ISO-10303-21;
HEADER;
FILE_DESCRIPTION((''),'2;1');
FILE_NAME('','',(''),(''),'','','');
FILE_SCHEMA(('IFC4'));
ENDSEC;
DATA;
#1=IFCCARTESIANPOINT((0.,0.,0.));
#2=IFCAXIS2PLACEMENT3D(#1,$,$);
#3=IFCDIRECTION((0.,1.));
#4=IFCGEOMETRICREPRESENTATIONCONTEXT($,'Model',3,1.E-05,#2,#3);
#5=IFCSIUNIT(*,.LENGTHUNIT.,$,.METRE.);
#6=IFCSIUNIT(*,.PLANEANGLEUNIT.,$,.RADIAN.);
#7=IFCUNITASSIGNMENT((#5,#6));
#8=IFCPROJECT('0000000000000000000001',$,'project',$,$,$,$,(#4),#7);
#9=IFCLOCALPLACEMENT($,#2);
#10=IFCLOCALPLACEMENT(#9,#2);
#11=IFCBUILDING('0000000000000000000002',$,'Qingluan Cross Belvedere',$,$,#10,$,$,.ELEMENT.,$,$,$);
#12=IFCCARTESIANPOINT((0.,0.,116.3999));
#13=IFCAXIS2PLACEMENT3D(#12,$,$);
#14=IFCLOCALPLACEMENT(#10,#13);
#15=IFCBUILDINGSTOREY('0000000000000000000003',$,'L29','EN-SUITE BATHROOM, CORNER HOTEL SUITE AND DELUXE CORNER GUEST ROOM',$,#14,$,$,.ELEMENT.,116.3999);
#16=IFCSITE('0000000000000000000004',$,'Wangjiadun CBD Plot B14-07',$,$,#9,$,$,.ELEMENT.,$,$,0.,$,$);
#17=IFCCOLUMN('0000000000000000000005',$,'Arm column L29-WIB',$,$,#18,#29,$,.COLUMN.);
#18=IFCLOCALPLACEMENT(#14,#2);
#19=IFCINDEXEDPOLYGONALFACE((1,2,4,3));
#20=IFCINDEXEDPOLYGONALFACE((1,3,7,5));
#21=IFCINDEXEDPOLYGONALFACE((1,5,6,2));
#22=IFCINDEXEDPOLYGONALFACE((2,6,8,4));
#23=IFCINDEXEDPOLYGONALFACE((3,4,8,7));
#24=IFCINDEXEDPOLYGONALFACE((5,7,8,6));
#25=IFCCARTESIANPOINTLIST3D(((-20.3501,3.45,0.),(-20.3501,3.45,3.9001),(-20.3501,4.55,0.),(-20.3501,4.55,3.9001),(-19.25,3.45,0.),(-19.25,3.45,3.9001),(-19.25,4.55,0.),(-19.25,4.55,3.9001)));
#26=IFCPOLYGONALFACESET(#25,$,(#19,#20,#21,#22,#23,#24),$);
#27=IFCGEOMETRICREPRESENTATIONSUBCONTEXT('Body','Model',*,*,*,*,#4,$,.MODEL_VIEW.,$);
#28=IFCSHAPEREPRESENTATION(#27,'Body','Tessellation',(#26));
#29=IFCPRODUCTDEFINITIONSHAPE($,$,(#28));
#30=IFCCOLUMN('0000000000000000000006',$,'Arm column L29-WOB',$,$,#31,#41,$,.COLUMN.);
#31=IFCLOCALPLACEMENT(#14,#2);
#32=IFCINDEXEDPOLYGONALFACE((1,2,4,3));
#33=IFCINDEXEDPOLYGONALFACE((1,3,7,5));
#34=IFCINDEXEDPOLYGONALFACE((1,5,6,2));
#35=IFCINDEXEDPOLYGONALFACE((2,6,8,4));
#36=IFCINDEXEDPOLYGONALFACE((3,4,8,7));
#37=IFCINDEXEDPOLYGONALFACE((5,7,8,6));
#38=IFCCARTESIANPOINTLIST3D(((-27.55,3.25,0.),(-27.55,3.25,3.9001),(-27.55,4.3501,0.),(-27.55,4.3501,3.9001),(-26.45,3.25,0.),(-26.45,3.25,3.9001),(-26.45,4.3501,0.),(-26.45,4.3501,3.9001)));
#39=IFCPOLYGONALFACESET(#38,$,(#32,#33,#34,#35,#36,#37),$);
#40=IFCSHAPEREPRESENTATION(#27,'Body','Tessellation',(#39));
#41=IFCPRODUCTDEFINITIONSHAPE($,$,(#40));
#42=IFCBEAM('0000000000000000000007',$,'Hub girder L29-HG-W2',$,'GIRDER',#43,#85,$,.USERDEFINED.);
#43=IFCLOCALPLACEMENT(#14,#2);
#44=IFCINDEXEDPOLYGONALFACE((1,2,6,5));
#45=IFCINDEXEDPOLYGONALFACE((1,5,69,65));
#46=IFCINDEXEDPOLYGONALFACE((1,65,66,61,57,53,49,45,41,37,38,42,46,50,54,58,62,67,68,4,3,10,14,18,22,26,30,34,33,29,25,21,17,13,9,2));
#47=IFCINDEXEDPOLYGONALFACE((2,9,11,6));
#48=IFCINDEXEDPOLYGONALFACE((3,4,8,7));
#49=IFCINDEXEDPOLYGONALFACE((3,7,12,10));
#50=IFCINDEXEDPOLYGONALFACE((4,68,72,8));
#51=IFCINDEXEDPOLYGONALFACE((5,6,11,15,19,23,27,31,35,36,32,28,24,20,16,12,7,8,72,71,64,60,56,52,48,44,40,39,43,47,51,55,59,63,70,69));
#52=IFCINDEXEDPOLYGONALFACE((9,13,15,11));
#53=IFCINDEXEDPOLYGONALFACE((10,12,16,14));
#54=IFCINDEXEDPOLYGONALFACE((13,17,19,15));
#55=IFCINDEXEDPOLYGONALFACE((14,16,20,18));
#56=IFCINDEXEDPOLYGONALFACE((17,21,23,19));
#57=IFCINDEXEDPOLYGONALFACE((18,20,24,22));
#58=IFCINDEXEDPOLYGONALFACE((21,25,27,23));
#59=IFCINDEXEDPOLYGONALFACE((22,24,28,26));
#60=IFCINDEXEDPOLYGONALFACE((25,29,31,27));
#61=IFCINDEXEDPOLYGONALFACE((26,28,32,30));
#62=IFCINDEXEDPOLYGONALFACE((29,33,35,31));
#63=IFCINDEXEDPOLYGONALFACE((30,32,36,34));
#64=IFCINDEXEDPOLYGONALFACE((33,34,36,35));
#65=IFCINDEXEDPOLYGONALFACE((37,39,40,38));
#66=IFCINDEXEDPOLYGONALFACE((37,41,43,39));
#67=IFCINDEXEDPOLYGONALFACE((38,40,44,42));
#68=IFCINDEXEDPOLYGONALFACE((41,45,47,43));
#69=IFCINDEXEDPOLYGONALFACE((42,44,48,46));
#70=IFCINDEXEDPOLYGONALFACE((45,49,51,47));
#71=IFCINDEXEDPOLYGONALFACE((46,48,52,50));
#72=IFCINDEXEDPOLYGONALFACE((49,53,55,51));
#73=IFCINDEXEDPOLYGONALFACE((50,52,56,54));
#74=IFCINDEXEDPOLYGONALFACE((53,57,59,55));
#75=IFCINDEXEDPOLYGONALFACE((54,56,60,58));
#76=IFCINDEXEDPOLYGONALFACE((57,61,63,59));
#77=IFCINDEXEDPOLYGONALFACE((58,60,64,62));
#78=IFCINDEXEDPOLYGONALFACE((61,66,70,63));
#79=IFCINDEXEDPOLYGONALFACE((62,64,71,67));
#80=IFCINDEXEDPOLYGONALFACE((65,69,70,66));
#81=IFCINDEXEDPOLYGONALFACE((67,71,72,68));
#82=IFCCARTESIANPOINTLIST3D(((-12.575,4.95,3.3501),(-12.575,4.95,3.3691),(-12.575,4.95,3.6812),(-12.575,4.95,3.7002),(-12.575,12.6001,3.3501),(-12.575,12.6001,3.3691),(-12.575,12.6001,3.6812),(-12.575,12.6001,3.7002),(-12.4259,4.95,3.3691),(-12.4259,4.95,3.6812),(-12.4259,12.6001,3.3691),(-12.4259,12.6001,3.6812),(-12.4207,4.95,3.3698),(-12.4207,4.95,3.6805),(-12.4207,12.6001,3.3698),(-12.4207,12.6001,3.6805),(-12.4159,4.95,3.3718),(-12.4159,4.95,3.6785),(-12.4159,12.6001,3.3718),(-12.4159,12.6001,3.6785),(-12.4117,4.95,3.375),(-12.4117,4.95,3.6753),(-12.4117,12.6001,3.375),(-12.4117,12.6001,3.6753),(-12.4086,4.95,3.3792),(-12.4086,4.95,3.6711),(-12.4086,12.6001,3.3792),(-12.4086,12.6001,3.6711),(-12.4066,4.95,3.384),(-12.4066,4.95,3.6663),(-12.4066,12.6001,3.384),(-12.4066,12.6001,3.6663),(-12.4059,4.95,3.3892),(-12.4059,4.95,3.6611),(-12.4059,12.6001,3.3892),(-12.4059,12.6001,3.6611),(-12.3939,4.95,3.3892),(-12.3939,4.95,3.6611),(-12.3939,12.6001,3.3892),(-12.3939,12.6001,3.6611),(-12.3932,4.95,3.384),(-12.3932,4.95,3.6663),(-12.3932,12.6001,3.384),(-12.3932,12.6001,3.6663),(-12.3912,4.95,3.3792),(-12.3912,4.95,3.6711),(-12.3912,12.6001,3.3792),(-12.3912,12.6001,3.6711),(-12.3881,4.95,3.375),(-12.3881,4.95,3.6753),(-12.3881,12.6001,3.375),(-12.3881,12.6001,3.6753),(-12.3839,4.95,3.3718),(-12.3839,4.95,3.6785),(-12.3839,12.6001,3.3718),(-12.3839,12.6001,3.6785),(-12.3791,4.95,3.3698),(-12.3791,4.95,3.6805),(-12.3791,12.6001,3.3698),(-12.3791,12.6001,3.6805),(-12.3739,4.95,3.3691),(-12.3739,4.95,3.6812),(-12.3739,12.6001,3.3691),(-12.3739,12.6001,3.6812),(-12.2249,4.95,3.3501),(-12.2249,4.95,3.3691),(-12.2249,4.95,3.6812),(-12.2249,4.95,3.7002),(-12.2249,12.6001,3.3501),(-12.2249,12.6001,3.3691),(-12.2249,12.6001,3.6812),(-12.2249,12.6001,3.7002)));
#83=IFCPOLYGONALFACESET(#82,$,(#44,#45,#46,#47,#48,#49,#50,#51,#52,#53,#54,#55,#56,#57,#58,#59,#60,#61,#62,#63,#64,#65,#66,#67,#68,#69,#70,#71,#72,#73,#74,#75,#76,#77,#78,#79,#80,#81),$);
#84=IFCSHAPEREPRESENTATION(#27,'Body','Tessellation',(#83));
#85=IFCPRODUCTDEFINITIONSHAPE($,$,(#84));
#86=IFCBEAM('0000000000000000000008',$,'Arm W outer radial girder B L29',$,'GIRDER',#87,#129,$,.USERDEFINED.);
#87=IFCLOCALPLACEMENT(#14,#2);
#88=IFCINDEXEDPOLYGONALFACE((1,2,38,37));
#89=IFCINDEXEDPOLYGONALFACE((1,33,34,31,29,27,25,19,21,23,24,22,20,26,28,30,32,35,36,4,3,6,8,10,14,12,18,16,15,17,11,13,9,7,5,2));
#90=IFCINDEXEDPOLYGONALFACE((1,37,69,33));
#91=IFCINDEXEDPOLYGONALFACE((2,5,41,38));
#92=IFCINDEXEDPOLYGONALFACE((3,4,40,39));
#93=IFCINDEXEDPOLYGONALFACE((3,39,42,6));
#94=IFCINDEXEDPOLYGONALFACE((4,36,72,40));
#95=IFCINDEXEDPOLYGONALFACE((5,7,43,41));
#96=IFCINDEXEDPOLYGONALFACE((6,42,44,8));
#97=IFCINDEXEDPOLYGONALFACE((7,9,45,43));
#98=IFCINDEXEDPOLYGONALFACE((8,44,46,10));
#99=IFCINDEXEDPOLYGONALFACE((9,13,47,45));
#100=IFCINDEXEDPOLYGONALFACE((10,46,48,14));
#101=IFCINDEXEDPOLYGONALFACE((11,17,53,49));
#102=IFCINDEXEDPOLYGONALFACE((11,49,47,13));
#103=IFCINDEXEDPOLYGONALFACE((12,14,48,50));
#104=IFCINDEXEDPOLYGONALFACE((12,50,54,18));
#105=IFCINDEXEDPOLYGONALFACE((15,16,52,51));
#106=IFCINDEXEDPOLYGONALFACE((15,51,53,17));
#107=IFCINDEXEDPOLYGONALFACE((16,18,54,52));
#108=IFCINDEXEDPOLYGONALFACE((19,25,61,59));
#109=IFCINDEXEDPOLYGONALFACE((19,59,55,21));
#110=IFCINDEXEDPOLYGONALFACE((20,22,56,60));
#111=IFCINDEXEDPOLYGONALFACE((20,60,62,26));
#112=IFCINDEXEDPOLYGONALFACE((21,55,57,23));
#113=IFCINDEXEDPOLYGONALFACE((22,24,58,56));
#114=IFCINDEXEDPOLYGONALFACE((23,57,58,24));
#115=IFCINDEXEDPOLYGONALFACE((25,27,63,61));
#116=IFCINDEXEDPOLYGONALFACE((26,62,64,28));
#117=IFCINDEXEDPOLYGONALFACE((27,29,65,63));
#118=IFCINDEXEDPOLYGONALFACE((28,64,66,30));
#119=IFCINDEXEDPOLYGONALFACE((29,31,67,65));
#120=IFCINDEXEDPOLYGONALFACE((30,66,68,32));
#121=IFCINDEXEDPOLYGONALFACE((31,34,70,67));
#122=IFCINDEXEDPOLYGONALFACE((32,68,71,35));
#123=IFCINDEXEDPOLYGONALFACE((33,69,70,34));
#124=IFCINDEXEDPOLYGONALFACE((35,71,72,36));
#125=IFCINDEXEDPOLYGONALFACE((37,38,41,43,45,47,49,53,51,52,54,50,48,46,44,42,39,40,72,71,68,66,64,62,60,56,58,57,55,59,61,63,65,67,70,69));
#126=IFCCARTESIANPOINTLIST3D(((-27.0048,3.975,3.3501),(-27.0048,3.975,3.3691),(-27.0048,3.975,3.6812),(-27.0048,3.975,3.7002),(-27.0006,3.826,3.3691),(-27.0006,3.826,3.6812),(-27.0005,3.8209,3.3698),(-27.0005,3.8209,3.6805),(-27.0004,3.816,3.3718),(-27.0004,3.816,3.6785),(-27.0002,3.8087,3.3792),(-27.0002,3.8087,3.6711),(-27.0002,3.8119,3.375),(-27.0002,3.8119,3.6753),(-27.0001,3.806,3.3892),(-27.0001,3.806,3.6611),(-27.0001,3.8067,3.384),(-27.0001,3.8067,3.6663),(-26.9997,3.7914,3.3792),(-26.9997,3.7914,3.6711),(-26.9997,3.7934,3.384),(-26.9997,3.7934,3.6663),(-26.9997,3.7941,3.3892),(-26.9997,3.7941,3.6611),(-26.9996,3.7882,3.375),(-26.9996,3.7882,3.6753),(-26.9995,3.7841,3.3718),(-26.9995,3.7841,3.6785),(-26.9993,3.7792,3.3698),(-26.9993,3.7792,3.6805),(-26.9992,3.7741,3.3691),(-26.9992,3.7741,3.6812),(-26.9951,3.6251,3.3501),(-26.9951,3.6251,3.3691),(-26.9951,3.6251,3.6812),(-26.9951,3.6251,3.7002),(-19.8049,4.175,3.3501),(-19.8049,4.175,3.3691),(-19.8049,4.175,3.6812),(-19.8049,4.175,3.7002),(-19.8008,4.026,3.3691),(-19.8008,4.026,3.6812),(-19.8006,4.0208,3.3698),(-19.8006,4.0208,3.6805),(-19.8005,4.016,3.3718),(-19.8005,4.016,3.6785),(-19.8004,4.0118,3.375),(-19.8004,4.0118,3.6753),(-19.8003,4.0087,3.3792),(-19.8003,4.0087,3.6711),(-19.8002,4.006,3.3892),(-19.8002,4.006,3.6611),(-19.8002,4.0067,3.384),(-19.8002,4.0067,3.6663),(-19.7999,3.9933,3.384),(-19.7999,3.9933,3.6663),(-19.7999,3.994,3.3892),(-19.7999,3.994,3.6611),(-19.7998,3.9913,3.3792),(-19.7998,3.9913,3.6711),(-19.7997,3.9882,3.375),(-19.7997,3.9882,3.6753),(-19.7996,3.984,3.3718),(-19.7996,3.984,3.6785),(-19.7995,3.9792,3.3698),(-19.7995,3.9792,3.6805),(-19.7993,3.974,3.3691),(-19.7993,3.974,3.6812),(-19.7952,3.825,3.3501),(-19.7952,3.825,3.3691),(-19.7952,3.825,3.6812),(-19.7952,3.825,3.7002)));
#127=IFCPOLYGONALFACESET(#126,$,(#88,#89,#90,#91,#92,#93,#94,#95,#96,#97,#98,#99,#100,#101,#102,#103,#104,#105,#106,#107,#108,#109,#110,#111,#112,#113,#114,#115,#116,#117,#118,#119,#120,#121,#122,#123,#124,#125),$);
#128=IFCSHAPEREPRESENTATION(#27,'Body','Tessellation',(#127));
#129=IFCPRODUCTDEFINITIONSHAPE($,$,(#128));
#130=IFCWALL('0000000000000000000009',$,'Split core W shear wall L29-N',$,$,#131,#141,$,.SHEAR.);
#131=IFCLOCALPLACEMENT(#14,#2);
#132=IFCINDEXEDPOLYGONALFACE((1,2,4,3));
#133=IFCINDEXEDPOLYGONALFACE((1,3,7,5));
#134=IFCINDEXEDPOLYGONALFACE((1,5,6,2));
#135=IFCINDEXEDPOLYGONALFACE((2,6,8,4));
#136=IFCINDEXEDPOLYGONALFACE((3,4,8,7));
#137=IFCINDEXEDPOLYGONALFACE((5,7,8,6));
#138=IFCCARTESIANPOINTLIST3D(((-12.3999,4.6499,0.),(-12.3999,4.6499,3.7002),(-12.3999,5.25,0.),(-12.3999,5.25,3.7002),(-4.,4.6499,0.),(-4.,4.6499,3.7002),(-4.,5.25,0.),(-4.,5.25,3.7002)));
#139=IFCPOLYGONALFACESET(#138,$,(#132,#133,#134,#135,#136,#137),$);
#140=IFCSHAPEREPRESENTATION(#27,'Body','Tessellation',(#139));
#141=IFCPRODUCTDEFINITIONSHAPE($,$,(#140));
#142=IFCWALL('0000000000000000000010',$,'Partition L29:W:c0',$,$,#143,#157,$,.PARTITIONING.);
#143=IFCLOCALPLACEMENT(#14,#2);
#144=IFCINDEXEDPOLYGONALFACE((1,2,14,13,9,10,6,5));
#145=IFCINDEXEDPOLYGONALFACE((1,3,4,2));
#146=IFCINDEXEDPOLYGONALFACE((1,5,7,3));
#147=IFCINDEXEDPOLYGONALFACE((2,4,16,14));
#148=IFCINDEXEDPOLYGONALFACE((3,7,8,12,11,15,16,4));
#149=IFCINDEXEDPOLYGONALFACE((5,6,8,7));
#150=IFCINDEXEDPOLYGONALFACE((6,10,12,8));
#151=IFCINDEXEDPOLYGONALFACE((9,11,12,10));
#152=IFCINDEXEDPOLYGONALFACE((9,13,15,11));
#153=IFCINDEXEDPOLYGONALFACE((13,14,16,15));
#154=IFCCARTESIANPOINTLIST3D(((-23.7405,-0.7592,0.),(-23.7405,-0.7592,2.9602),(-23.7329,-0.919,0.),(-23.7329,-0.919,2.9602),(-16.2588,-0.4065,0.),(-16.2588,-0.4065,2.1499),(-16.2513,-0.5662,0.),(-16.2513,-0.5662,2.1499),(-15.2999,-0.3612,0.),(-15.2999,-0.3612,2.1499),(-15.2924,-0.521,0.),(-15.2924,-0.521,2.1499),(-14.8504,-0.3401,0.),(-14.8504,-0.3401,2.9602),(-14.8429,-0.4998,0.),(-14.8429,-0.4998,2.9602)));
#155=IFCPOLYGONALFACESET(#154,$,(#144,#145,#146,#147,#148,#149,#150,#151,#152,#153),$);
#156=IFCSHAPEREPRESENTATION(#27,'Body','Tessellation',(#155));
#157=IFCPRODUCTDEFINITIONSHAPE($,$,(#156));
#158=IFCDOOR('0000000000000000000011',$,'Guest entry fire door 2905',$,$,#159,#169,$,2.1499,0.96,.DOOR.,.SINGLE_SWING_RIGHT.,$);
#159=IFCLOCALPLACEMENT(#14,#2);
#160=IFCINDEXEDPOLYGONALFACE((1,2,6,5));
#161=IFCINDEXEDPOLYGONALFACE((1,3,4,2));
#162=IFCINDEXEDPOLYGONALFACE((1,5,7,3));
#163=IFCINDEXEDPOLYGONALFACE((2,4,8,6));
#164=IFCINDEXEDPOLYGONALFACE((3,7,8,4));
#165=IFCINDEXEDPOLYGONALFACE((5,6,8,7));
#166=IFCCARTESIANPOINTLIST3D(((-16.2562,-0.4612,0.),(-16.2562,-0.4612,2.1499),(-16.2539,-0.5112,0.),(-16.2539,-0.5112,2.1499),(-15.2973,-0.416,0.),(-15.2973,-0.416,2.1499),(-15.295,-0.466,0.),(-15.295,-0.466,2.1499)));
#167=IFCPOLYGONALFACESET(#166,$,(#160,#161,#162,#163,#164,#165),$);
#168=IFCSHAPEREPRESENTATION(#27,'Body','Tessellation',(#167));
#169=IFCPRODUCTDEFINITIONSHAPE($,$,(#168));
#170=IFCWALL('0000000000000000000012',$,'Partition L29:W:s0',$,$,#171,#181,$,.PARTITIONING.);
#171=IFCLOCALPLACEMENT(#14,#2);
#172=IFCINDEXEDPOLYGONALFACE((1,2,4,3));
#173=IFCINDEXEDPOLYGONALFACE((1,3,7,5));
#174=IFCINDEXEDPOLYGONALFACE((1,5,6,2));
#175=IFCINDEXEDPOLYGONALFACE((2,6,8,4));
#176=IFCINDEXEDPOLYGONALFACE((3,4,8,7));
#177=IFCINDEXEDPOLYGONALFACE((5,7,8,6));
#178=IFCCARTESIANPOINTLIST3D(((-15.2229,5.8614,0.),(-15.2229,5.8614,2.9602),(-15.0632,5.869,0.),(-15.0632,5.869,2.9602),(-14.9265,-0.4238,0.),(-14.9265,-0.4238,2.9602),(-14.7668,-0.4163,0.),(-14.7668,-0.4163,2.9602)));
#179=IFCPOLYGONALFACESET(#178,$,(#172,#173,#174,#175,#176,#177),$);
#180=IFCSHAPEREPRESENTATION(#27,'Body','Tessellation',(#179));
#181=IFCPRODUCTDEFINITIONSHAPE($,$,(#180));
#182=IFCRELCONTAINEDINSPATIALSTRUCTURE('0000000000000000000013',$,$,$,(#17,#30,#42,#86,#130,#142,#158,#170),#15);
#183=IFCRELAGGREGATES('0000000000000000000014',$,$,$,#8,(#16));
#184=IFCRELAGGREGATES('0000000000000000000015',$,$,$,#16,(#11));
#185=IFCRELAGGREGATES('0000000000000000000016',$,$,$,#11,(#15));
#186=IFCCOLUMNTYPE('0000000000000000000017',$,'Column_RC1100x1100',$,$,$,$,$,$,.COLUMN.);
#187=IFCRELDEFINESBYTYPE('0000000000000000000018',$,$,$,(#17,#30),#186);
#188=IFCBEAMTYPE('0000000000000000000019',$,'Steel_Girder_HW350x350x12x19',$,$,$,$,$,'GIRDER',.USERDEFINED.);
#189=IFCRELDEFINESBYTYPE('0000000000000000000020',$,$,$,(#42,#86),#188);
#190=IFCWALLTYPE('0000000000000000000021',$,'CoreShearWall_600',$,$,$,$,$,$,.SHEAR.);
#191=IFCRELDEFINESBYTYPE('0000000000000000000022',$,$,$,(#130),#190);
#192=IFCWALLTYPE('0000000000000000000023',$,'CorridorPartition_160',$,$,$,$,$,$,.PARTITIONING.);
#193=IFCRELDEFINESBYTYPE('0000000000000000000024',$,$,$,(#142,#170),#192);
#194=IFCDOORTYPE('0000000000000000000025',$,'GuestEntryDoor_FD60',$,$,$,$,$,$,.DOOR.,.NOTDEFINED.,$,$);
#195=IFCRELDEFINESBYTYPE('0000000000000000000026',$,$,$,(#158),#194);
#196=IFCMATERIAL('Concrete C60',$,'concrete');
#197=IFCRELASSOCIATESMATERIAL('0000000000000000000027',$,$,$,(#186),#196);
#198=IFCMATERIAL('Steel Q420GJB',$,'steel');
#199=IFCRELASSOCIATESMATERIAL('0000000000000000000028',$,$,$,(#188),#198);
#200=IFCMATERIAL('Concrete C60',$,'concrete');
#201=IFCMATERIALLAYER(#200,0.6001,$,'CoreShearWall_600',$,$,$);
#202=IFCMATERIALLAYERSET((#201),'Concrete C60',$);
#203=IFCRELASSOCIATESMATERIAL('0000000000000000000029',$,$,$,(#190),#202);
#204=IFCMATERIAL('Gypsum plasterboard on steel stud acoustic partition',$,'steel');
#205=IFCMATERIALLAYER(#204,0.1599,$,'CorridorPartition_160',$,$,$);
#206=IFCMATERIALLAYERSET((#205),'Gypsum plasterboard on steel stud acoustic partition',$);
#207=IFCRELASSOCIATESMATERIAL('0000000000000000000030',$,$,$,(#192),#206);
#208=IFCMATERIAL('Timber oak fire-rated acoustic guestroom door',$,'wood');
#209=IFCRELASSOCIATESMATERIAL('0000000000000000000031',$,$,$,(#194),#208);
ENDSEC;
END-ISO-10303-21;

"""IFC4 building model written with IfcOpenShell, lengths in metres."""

from ifc_helpers import new_model, si_unit, direction, frame, frame_2d, origin, origin_2d, place, context, subcontext, project, spatial, rectangle, i_section, extrude, material, layer, layer_set, material_profile, profile_set, type_object, element, fill, save


model = new_model("IFC4")

# Units and contexts
model_context = context("Model", 3, precision=1e-05, world=origin(), true_north=direction((0.0, 1.0)))
body_context = subcontext(model_context, "Body", "Model", "MODEL_VIEW")
ifc_project = project(units=[si_unit("LENGTHUNIT", "METRE"), si_unit("PLANEANGLEUNIT", "RADIAN")], contexts=[model_context])

# Site, building, storey
site_placement = place(None, origin())
site = spatial("IfcSite", under=ifc_project, at=site_placement, Name="Wangjiadun CBD Plot B14-07", CompositionType="ELEMENT", RefElevation=0.0)
building_placement = place(site_placement, origin())
building = spatial("IfcBuilding", under=site, at=building_placement, Name="Qingluan Cross Belvedere", CompositionType="ELEMENT")
storey_placement = place(building_placement, frame((0.0, 0.0, 116.3999)))
storey = spatial("IfcBuildingStorey", under=building, at=storey_placement, Name="L29", Description="EN-SUITE BATHROOM, CORNER HOTEL SUITE AND DELUXE CORNER GUEST ROOM", CompositionType="ELEMENT", Elevation=116.3999)

# Columns
ifc_material_1 = material(Name="Concrete C60", Category="concrete")
ifc_material_profile_1 = material_profile(ifc_material_1, rectangle(XDim=1.1001, YDim=1.1001, at=origin_2d()), Name="RC1100x1100")
ifc_profile_set_1 = profile_set([ifc_material_profile_1], Name="Concrete C60")
column_type = type_object("IfcColumnType", Name="Column_RC1100x1100", PredefinedType="COLUMN", material=ifc_profile_set_1)
for number, where, z_axis, x_axis, name in (
    (1, (-19.8, 4.0, 0.0), (0.0, 0.0, 1.0), (1.0, 0.0, 0.0), "Arm column L29-WIB"),
    (2, (-27.0, 3.8, 0.0), (0.0, 0.0, 1.0), (1.0, 0.0, 0.0), "Arm column L29-WOB"),
):
    element("IfcColumn", number, at=place(storey_placement, frame(where, z_axis=z_axis, x_axis=x_axis)), inside=storey, type_object=column_type, Name=name, PredefinedType="COLUMN", context=body_context, shape_type="SweptSolid", body=[
        extrude(rectangle(XDim=1.1001, YDim=1.1001, at=origin_2d()), origin(), (0.0, 0.0, 1.0), 3.9001),
    ])

# Beams
ifc_material_2 = material(Name="Steel Q420GJB", Category="steel")
ifc_material_profile_2 = material_profile(ifc_material_2, i_section(OverallWidth=0.3501, OverallDepth=0.3501, WebThickness=0.012, FlangeThickness=0.019, FilletRadius=0.02, at=origin_2d()), Name="HW350x350x12x19")
ifc_profile_set_2 = profile_set([ifc_material_profile_2], Name="Steel Q420GJB")
beam_type = type_object("IfcBeamType", Name="Steel_Girder_HW350x350x12x19", ElementType="GIRDER", PredefinedType="USERDEFINED", material=ifc_profile_set_2)
beam_1_placement = place(storey_placement, frame((-12.3999, 4.95, 3.5251), z_axis=(0.0, 1.0, 0.0), x_axis=(-1.0, 0.0, 0.0)))
element("IfcBeam", 3, at=beam_1_placement, inside=storey, type_object=beam_type, Name="Hub girder L29-HG-W2", ObjectType="GIRDER", PredefinedType="USERDEFINED", context=body_context, shape_type="SweptSolid", body=[
    extrude(i_section(OverallWidth=0.3501, OverallDepth=0.3501, WebThickness=0.012, FlangeThickness=0.019, FilletRadius=0.02, at=origin_2d()), origin(), (0.0, 0.0, 1.0), 7.6501),
])
beam_2_placement = place(storey_placement, frame((-19.8, 4.0, 3.5251), z_axis=(-0.999615, -0.02776, 0.0), x_axis=(0.02776, -0.999615, 0.0)))
element("IfcBeam", 4, at=beam_2_placement, inside=storey, type_object=beam_type, Name="Arm W outer radial girder B L29", ObjectType="GIRDER", PredefinedType="USERDEFINED", context=body_context, shape_type="SweptSolid", body=[
    extrude(i_section(OverallWidth=0.3501, OverallDepth=0.3501, WebThickness=0.012, FlangeThickness=0.019, FilletRadius=0.02, at=origin_2d()), origin(), (0.0, 0.0, 1.0), 7.2026),
])

# Wall
ifc_material_3 = material(Name="Concrete C60", Category="concrete")
ifc_layer_1 = layer(ifc_material_3, 0.6001, Name="CoreShearWall_600")
ifc_layer_set_1 = layer_set([ifc_layer_1], Name="Concrete C60")
wall_type_1 = type_object("IfcWallType", Name="CoreShearWall_600", PredefinedType="SHEAR", material=ifc_layer_set_1)
wall_1_placement = place(storey_placement, frame((-12.3999, 4.95, 0.0), z_axis=(0.0, 0.0, 1.0), x_axis=(1.0, 0.0, 0.0)))
element("IfcWall", 5, at=wall_1_placement, inside=storey, type_object=wall_type_1, Name="Split core W shear wall L29-N", PredefinedType="SHEAR", context=body_context, shape_type="SweptSolid", body=[
    extrude(rectangle(XDim=8.3999, YDim=0.6001, at=frame_2d((4.2, 0.0))), origin(), (0.0, 0.0, 1.0), 3.7002),
])

# Wall, opening, door
ifc_material_4 = material(Name="Gypsum plasterboard on steel stud acoustic partition", Category="steel")
ifc_layer_2 = layer(ifc_material_4, 0.1599, Name="CorridorPartition_160")
ifc_layer_set_2 = layer_set([ifc_layer_2], Name="Gypsum plasterboard on steel stud acoustic partition")
wall_type_2 = type_object("IfcWallType", Name="CorridorPartition_160", PredefinedType="PARTITIONING", material=ifc_layer_set_2)
wall_2_placement = place(storey_placement, frame((-14.8467, -0.4199, 0.0), z_axis=(0.0, 0.0, 1.0), x_axis=(-0.99889, -0.0471, 0.0)))
wall_2 = element("IfcWall", 6, at=wall_2_placement, inside=storey, type_object=wall_type_2, Name="Partition L29:W:c0", PredefinedType="PARTITIONING", context=body_context, shape_type="SweptSolid", body=[
    extrude(rectangle(XDim=8.8999, YDim=0.1599, at=frame_2d((4.45, 0.0))), origin(), (0.0, 0.0, 1.0), 2.9602),
])
opening_1_placement = place(wall_2_placement, frame((0.45, 0.0, 0.0)))
opening_1 = element("IfcOpeningElement", 7, at=opening_1_placement, cuts=wall_2, PredefinedType="OPENING", context=body_context, shape_type="SweptSolid", body=[
    extrude(rectangle(XDim=0.96, YDim=2.1499, at=frame_2d((0.48, 1.075))), frame((0.0, 0.0898, 0.0), z_axis=(0.0, -1.0, 0.0), x_axis=(1.0, 0.0, 0.0)), (0.0, 0.0, 1.0), 0.1799),
])
ifc_material_5 = material(Name="Timber oak fire-rated acoustic guestroom door", Category="wood")
door_type_1 = type_object("IfcDoorType", Name="GuestEntryDoor_FD60", OperationType="NOTDEFINED", PredefinedType="DOOR", material=ifc_material_5)
door_1_placement = place(opening_1_placement, origin())
door_1 = element("IfcDoor", 8, at=door_1_placement, inside=storey, type_object=door_type_1, Name="Guest entry fire door 2905", OperationType="SINGLE_SWING_RIGHT", OverallHeight=2.1499, OverallWidth=0.96, PredefinedType="DOOR", context=body_context, shape_type="SweptSolid", body=[
    extrude(rectangle(XDim=0.96, YDim=2.1499, at=frame_2d((0.48, 1.075))), frame((0.0, 0.0249, 0.0), z_axis=(0.0, -1.0, 0.0), x_axis=(1.0, 0.0, 0.0)), (0.0, 0.0, 1.0), 0.05),
])
fill(opening_1, door_1)

# Wall
wall_3_placement = place(storey_placement, frame((-14.8467, -0.4199, 0.0), z_axis=(0.0, 0.0, 1.0), x_axis=(-0.047104, 0.99889, 0.0)))
element("IfcWall", 9, at=wall_3_placement, inside=storey, type_object=wall_type_2, Name="Partition L29:W:s0", PredefinedType="PARTITIONING", context=body_context, shape_type="SweptSolid", body=[
    extrude(rectangle(XDim=6.2922, YDim=0.1599, at=frame_2d((3.146, 0.0))), origin(), (0.0, 0.0, 1.0), 2.9602),
])

save(model, "model.ifc")
